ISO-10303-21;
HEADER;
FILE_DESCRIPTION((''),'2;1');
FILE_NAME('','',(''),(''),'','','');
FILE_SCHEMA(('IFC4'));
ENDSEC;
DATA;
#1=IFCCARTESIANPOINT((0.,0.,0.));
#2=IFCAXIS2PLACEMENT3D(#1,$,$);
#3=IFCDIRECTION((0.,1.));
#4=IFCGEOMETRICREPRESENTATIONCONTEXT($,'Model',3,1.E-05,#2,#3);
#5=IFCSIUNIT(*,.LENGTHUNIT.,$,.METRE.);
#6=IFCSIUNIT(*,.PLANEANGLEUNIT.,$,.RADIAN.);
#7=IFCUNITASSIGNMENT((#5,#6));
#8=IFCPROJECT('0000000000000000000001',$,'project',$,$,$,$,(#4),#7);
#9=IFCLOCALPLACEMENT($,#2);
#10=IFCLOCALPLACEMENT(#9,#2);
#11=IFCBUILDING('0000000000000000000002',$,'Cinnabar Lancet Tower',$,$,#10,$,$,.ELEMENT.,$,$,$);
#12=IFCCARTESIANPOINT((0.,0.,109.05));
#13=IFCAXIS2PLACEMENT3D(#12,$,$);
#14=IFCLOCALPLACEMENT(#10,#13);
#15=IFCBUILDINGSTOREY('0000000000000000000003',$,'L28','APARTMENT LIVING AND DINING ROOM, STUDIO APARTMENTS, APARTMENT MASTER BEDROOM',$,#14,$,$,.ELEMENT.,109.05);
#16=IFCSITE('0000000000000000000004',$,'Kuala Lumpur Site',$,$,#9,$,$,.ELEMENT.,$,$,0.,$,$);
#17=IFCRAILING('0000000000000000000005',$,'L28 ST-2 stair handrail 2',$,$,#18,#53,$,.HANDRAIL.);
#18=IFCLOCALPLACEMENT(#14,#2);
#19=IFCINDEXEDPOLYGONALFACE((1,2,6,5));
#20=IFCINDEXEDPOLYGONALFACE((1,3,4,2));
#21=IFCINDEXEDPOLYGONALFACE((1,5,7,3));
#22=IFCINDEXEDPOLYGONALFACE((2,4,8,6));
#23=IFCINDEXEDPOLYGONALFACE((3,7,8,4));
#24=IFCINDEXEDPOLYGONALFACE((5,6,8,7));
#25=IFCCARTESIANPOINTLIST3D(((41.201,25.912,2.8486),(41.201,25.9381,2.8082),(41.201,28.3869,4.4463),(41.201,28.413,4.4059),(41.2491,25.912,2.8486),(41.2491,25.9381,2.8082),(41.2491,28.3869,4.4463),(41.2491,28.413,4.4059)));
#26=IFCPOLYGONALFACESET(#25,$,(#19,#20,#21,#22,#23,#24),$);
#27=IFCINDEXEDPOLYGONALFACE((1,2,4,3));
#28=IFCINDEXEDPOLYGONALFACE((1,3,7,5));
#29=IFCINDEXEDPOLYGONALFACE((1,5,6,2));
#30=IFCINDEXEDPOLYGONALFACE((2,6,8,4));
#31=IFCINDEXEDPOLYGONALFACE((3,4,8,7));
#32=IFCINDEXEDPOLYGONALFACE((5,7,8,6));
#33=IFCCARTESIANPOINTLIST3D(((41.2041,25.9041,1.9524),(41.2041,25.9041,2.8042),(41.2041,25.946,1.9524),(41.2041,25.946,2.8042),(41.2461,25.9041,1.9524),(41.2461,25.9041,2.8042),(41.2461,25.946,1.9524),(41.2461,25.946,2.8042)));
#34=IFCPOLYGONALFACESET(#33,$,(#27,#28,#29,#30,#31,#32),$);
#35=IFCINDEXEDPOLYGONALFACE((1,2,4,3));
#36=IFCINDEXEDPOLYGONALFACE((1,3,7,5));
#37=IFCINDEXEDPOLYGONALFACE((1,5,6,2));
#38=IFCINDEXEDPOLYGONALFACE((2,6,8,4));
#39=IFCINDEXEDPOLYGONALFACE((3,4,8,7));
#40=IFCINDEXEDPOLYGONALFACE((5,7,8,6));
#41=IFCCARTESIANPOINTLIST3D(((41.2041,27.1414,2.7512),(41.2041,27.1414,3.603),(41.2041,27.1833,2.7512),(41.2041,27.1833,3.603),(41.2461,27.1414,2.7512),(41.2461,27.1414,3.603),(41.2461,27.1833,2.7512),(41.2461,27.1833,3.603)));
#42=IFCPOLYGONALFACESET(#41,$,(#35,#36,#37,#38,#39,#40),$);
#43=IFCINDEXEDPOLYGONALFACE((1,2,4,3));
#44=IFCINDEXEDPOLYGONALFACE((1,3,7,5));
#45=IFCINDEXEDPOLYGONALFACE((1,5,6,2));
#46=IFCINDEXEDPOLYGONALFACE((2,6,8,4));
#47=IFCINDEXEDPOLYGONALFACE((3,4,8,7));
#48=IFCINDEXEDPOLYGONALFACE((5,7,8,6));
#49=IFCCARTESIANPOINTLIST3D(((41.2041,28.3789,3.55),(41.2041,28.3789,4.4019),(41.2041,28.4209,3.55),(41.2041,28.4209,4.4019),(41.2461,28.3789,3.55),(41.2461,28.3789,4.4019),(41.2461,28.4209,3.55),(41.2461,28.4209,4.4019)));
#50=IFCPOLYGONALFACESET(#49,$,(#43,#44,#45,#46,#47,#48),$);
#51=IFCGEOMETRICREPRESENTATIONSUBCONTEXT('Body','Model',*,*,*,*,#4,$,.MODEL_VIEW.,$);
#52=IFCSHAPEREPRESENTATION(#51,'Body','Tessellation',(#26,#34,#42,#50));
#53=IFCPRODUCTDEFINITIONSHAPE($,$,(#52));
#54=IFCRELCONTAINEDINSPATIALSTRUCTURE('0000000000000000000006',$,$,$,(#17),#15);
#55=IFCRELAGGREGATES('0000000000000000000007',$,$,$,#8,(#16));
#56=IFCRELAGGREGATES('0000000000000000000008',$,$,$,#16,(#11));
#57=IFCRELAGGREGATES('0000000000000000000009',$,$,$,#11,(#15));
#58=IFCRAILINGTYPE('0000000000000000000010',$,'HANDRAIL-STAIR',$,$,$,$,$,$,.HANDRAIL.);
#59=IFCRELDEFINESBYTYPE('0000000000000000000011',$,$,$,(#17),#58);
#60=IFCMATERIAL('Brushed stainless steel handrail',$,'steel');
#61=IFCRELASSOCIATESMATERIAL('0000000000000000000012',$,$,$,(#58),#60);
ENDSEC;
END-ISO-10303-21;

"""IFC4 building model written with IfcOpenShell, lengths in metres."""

from ifc_helpers import new_model, si_unit, direction, frame, origin, origin_2d, place, context, subcontext, project, spatial, rectangle, extrude, material, type_object, element, save


model = new_model("IFC4")

# Units and contexts
model_context = context("Model", 3, precision=1e-05, world=origin(), true_north=direction((0.0, 1.0)))
body_context = subcontext(model_context, "Body", "Model", "MODEL_VIEW")
ifc_project = project(units=[si_unit("LENGTHUNIT", "METRE"), si_unit("PLANEANGLEUNIT", "RADIAN")], contexts=[model_context])

# Site, building, storey
site_placement = place(None, origin())
site = spatial("IfcSite", under=ifc_project, at=site_placement, Name="Kuala Lumpur Site", CompositionType="ELEMENT", RefElevation=0.0)
building_placement = place(site_placement, origin())
building = spatial("IfcBuilding", under=site, at=building_placement, Name="Cinnabar Lancet Tower", CompositionType="ELEMENT")
storey_placement = place(building_placement, frame((0.0, 0.0, 109.05)))
storey = spatial("IfcBuildingStorey", under=building, at=storey_placement, Name="L28", Description="APARTMENT LIVING AND DINING ROOM, STUDIO APARTMENTS, APARTMENT MASTER BEDROOM", CompositionType="ELEMENT", Elevation=109.05)

# Railing
ifc_material_1 = material(Name="Brushed stainless steel handrail", Category="steel")
railing_type_1 = type_object("IfcRailingType", Name="HANDRAIL-STAIR", PredefinedType="HANDRAIL", material=ifc_material_1)
railing_1_placement = place(storey_placement, frame((41.2251, 25.925, 1.9524)))
element("IfcRailing", 1, at=railing_1_placement, inside=storey, type_object=railing_type_1, Name="L28 ST-2 stair handrail 2", PredefinedType="HANDRAIL", context=body_context, shape_type="SweptSolid", body=[
    extrude(rectangle(XDim=0.0481, YDim=0.0481, at=origin_2d()), frame((0.0, 0.0, 0.876), z_axis=(0.0, 0.840146, 0.542361), x_axis=(-1.0, 0.0, 0.0)), (0.0, 0.0, 1.0), 2.9458),
    extrude(rectangle(XDim=0.042, YDim=0.042, at=origin_2d()), origin(), (0.0, 0.0, 1.0), 0.8518),
    extrude(rectangle(XDim=0.042, YDim=0.042, at=origin_2d()), frame((0.0, 1.2373, 0.7988)), (0.0, 0.0, 1.0), 0.8518),
    extrude(rectangle(XDim=0.042, YDim=0.042, at=origin_2d()), frame((0.0, 2.4749, 1.5977)), (0.0, 0.0, 1.0), 0.8518),
])

save(model, "model.ifc")
